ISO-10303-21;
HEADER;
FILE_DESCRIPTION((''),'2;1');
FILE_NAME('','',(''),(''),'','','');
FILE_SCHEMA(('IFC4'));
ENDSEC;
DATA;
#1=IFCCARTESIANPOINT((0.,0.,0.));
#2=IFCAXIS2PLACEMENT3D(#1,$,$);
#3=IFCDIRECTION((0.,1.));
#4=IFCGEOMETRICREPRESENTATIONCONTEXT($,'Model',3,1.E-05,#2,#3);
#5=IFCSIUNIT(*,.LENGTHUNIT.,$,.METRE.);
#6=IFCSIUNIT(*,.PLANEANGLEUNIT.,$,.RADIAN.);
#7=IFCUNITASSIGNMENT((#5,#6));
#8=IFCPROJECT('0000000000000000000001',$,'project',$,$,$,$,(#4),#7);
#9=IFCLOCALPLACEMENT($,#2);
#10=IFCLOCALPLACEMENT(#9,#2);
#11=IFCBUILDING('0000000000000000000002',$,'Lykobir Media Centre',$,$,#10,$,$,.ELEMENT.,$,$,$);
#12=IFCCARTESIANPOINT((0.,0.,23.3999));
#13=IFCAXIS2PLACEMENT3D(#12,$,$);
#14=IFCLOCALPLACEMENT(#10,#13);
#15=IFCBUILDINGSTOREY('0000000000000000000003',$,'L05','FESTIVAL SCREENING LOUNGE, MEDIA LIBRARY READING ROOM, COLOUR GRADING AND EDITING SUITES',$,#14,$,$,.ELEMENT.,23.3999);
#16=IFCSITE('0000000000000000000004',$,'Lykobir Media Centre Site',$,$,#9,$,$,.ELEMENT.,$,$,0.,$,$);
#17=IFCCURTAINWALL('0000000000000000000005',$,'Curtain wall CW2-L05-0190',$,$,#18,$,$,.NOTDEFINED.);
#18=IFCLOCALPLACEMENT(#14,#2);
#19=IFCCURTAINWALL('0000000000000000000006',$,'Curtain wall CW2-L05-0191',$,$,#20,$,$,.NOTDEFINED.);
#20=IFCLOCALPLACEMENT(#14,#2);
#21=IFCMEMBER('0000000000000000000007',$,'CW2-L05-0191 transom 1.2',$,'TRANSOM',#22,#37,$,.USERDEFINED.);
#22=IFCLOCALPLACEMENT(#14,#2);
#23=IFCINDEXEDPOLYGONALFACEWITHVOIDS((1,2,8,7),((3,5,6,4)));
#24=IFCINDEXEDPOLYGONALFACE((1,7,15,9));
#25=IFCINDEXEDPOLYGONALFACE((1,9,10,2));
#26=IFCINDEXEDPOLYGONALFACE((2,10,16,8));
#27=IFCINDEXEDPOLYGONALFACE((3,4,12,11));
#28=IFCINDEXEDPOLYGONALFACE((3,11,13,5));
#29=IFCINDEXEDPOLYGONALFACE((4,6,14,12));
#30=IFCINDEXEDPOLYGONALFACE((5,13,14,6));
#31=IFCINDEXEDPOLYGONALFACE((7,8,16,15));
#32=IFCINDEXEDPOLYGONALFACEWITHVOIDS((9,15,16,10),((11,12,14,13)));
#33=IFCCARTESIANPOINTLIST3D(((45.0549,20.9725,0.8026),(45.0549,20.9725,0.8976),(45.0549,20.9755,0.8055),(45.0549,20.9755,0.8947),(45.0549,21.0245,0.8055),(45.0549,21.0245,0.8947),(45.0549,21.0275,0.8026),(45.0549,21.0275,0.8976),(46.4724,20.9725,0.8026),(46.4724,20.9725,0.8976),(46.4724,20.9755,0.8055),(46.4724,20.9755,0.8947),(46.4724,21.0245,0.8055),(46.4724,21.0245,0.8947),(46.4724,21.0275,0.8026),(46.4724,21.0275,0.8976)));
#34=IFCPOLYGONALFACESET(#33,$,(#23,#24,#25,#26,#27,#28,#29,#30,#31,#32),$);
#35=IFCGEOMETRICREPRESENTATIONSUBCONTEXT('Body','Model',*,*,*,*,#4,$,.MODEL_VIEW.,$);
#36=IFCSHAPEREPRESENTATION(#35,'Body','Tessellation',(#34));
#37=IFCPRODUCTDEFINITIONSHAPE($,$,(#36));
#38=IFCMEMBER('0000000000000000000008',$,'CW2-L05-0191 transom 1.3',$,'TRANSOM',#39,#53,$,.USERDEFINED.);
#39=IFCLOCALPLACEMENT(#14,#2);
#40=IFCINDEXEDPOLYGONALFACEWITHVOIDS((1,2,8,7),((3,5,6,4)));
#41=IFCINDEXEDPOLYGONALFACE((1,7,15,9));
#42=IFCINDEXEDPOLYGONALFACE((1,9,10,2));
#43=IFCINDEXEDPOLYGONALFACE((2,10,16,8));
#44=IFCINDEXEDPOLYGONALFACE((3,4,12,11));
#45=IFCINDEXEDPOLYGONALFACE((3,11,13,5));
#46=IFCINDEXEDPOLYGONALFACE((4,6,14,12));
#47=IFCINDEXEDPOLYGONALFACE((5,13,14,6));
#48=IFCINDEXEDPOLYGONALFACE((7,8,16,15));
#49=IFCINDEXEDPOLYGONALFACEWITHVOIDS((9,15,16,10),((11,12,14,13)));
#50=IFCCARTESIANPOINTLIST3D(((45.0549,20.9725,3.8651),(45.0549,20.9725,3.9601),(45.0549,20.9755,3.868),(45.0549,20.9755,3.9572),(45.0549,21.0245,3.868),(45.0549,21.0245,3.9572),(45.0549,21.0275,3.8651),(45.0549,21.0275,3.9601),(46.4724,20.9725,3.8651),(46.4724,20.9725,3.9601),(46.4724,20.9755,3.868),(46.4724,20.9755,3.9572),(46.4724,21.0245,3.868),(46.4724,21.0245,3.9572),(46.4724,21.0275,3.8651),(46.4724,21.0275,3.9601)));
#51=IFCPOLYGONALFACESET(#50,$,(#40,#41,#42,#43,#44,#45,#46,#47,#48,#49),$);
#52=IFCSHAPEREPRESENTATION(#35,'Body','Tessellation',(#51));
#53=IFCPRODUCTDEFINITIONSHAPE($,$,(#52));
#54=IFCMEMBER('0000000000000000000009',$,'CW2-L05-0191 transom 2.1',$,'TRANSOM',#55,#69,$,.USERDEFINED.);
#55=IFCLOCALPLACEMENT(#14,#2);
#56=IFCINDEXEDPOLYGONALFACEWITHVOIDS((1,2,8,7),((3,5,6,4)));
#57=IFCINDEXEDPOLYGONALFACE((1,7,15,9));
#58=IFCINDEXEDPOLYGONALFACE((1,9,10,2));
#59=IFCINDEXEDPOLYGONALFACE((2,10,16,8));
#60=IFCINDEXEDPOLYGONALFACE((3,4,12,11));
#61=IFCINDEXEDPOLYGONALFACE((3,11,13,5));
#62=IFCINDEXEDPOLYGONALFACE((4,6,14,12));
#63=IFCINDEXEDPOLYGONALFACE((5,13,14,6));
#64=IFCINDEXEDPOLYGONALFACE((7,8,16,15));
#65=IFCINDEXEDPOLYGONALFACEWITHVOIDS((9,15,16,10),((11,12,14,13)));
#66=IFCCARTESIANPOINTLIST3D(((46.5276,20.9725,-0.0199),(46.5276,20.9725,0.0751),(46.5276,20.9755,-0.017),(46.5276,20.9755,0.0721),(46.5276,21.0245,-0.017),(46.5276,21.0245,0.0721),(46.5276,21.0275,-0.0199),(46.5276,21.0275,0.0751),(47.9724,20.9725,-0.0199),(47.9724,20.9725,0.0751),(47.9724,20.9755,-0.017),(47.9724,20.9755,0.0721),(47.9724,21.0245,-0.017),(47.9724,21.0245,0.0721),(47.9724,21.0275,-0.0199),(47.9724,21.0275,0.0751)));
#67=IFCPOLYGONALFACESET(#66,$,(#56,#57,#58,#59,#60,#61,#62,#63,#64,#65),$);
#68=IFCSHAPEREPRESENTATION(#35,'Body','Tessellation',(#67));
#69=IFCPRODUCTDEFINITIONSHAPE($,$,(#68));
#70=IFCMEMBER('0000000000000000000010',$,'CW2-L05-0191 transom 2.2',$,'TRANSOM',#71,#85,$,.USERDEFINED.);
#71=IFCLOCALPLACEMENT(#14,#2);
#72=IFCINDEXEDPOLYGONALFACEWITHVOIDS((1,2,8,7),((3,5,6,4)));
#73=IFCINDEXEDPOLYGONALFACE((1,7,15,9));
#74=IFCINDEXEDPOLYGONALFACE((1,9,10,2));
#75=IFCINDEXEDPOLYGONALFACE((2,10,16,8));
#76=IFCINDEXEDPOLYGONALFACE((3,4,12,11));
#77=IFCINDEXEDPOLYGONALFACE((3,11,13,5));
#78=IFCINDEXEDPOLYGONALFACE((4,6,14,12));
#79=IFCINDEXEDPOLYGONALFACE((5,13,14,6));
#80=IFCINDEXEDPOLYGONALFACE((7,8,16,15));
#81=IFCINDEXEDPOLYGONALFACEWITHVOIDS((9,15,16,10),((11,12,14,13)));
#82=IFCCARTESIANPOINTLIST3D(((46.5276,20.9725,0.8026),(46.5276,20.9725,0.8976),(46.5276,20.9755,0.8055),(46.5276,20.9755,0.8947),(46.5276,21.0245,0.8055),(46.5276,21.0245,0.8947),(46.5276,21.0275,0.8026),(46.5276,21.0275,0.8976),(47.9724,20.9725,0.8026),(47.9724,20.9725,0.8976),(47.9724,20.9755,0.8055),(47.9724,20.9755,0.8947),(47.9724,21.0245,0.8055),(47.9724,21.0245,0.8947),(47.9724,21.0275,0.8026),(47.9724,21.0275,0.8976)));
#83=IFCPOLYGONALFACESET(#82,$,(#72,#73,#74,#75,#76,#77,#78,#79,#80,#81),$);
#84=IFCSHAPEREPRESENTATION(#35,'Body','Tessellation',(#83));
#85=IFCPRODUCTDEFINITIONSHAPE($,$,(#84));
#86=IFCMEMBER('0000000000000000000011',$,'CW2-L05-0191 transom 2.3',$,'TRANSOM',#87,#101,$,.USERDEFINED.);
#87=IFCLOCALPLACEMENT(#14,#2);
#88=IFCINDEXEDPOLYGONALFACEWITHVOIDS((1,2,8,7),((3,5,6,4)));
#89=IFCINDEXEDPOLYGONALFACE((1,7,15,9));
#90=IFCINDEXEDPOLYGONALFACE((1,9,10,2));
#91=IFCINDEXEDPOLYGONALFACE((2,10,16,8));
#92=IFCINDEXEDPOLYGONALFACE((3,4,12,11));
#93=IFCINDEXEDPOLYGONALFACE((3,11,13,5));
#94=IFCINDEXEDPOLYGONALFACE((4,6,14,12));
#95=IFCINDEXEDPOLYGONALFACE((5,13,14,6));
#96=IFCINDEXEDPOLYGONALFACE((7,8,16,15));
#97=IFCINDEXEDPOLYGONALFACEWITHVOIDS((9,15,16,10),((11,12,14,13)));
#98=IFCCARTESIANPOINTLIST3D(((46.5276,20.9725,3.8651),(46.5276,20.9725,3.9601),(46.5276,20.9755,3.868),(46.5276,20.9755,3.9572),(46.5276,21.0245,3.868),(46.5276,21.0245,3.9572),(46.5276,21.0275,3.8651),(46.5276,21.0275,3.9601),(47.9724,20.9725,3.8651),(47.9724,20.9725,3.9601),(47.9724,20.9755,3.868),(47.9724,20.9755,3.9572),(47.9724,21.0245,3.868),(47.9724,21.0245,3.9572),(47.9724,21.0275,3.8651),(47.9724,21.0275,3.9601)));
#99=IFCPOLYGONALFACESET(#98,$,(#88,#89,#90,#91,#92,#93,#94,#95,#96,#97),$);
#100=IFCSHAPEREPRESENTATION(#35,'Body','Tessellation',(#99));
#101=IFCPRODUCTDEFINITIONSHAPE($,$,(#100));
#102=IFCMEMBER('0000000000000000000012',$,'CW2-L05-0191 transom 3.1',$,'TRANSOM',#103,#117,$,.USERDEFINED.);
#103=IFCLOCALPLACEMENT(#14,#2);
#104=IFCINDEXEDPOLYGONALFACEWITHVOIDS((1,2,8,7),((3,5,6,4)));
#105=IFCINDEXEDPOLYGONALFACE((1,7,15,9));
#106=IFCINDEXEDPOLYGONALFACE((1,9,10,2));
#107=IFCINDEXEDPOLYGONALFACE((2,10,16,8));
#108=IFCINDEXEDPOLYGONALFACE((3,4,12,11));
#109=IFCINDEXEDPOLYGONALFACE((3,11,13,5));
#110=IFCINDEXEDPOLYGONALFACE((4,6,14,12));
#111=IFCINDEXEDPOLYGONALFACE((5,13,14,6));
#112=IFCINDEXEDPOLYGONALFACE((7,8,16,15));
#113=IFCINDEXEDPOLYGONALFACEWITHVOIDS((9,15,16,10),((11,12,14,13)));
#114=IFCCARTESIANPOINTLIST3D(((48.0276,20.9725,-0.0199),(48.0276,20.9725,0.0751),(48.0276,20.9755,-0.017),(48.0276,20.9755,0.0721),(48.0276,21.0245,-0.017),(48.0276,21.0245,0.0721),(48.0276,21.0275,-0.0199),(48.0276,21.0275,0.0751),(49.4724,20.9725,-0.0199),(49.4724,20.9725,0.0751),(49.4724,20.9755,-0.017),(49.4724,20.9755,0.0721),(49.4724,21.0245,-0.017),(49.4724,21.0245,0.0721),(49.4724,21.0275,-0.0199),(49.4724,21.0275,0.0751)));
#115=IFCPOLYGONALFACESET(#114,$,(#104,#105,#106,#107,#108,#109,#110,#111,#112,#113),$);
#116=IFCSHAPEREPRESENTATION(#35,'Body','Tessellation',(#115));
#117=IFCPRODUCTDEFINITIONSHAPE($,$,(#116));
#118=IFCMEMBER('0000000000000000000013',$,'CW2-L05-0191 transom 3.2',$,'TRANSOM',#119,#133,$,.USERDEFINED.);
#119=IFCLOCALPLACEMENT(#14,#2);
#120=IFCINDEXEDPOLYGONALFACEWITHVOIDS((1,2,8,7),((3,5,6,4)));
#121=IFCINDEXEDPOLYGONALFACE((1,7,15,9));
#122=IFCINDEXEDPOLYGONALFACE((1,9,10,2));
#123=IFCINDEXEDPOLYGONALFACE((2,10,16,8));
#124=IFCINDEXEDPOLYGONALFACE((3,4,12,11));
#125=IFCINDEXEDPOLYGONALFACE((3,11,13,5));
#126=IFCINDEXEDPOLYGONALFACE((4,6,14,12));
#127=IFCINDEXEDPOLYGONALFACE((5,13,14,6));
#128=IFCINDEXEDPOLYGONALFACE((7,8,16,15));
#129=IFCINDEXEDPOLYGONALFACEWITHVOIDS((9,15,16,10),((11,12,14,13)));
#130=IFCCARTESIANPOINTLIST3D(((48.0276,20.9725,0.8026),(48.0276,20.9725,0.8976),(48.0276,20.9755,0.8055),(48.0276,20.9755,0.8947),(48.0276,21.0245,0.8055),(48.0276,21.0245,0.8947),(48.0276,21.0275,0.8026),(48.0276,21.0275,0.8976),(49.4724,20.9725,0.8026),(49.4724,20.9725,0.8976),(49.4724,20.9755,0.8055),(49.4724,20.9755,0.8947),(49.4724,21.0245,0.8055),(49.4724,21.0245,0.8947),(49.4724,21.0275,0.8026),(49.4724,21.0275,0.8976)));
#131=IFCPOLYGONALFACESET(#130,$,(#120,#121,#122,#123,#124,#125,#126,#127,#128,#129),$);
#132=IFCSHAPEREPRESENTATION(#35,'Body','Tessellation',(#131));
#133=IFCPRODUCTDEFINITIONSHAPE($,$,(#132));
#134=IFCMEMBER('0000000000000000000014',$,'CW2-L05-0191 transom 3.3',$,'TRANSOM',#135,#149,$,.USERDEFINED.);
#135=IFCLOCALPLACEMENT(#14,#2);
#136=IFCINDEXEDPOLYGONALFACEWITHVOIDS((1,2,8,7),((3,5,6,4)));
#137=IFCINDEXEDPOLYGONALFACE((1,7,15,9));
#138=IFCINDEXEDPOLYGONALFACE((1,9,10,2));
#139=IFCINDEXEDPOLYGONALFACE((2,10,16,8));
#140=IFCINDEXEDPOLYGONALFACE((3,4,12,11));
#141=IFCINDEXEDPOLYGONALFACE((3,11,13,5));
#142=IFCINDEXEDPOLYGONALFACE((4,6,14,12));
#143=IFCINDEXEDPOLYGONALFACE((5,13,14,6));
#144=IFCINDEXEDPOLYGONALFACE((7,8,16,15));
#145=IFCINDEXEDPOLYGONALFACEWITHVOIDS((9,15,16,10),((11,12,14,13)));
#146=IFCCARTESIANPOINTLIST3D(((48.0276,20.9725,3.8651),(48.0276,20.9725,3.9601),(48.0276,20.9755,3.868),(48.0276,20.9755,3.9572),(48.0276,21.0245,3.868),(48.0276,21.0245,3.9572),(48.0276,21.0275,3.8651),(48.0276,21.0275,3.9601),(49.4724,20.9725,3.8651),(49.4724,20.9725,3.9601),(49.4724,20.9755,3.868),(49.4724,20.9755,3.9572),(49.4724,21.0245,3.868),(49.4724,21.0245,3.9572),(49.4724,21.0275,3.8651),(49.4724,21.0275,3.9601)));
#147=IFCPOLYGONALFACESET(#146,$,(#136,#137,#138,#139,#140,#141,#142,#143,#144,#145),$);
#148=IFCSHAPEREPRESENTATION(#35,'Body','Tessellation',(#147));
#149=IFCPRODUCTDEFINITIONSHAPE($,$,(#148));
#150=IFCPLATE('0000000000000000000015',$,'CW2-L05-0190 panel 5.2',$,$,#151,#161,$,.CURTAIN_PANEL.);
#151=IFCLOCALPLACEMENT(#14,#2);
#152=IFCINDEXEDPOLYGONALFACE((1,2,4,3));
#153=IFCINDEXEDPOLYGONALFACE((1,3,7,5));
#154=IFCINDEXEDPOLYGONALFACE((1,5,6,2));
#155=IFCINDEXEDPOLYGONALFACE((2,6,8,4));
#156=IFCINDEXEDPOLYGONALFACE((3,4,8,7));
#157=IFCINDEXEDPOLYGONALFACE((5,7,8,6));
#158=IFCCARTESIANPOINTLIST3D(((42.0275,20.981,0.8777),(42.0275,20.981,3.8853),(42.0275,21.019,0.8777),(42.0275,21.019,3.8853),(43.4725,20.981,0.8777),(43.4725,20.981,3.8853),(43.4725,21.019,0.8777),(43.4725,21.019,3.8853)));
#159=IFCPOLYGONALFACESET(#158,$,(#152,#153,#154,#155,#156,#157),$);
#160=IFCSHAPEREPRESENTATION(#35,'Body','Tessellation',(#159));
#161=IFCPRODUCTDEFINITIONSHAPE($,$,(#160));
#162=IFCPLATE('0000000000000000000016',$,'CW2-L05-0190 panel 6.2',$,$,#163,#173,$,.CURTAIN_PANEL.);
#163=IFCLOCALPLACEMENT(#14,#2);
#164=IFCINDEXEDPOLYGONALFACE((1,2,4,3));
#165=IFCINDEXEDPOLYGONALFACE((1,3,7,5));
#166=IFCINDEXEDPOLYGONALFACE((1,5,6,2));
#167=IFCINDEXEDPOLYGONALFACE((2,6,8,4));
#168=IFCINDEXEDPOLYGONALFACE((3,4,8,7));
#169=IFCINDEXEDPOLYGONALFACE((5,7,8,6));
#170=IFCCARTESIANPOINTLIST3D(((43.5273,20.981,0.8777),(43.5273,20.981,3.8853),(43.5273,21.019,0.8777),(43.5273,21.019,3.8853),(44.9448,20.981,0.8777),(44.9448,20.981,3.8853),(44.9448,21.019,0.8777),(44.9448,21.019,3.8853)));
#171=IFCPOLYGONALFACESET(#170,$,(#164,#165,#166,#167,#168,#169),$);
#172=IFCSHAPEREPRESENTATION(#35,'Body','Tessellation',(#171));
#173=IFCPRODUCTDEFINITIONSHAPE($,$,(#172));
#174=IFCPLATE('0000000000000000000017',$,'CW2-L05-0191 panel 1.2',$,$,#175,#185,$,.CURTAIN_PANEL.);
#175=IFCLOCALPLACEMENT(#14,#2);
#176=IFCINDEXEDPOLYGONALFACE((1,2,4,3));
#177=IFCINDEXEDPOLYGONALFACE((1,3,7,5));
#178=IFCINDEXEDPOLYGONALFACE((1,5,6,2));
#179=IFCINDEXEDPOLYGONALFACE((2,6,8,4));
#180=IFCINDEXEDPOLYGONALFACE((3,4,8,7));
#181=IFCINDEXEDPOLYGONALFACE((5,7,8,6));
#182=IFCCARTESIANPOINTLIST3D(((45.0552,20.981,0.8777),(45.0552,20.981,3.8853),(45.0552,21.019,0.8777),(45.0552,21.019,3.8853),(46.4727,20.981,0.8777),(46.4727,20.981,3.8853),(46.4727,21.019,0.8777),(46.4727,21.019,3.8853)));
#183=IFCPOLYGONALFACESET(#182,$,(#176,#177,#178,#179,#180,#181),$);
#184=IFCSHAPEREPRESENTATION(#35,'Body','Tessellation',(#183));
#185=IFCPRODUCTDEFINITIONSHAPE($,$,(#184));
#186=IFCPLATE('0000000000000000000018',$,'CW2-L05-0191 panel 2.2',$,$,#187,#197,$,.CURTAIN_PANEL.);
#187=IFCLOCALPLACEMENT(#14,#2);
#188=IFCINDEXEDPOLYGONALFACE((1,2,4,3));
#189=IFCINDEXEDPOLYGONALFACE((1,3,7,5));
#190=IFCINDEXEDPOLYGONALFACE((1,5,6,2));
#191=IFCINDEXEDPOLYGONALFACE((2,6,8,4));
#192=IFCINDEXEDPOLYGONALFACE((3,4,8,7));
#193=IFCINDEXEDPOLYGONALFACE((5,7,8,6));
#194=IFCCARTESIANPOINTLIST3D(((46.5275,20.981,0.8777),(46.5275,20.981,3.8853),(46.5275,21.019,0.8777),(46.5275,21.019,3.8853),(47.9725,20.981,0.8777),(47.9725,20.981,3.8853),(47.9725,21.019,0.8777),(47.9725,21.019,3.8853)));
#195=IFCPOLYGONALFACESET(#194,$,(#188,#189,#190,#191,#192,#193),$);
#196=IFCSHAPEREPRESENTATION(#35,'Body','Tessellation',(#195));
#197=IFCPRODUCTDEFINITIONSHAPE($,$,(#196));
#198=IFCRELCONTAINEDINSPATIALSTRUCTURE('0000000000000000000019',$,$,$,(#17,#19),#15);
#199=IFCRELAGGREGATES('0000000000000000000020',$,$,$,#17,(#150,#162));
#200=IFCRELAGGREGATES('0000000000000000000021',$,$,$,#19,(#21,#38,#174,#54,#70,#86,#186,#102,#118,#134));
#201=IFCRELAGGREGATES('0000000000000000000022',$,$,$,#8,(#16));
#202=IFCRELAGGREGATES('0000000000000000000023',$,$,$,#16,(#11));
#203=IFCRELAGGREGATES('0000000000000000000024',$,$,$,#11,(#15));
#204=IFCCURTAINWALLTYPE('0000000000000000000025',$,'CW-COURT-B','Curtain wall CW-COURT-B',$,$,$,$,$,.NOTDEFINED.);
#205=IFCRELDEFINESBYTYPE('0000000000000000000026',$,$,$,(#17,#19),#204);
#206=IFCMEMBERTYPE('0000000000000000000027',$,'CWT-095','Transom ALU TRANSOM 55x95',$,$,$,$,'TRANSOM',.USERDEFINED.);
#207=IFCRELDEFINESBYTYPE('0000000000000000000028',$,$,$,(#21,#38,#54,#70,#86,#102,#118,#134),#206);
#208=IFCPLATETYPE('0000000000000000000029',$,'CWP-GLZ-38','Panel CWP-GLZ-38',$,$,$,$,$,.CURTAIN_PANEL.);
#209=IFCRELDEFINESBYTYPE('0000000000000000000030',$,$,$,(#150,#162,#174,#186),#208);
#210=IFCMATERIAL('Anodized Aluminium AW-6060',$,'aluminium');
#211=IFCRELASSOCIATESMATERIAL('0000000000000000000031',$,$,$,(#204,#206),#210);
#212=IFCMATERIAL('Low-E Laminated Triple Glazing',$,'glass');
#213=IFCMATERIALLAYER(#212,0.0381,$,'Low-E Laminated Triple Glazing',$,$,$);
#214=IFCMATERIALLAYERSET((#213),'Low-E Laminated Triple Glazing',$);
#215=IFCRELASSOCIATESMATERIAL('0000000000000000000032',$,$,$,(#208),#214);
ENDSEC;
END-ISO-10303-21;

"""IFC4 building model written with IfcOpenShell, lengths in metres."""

from ifc_helpers import new_model, si_unit, direction, frame, origin, origin_2d, place, context, subcontext, project, spatial, rectangle, hollow_rectangle, extrude, material, layer, layer_set, material_profile, profile_set, type_object, element, aggregate, save


model = new_model("IFC4")

# Units and contexts
model_context = context("Model", 3, precision=1e-05, world=origin(), true_north=direction((0.0, 1.0)))
body_context = subcontext(model_context, "Body", "Model", "MODEL_VIEW")
ifc_project = project(units=[si_unit("LENGTHUNIT", "METRE"), si_unit("PLANEANGLEUNIT", "RADIAN")], contexts=[model_context])

# Site, building, storey
site_placement = place(None, origin())
site = spatial("IfcSite", under=ifc_project, at=site_placement, Name="Lykobir Media Centre Site", CompositionType="ELEMENT", RefElevation=0.0)
building_placement = place(site_placement, origin())
building = spatial("IfcBuilding", under=site, at=building_placement, Name="Lykobir Media Centre", CompositionType="ELEMENT")
storey_placement = place(building_placement, frame((0.0, 0.0, 23.3999)))
storey = spatial("IfcBuildingStorey", under=building, at=storey_placement, Name="L05", Description="FESTIVAL SCREENING LOUNGE, MEDIA LIBRARY READING ROOM, COLOUR GRADING AND EDITING SUITES", CompositionType="ELEMENT", Elevation=23.3999)

# Curtain walls
ifc_material_1 = material(Name="Anodized Aluminium AW-6060", Category="aluminium")
curtain_wall_type = type_object("IfcCurtainWallType", Name="CW-COURT-B", Description="Curtain wall CW-COURT-B", PredefinedType="NOTDEFINED", material=ifc_material_1)
curtain_wall_1_placement = place(storey_placement, origin())
curtain_wall_1 = element("IfcCurtainWall", 1, at=curtain_wall_1_placement, inside=storey, type_object=curtain_wall_type, Name="Curtain wall CW2-L05-0190", PredefinedType="NOTDEFINED")
curtain_wall_2_placement = place(storey_placement, origin())
curtain_wall_2 = element("IfcCurtainWall", 2, at=curtain_wall_2_placement, inside=storey, type_object=curtain_wall_type, Name="Curtain wall CW2-L05-0191", PredefinedType="NOTDEFINED")

# Members
ifc_material_profile_1 = material_profile(ifc_material_1, hollow_rectangle(XDim=0.0549, YDim=0.095, WallThickness=0.0029, at=origin_2d()), Name="ALU TRANSOM 55x95")
ifc_profile_set_1 = profile_set([ifc_material_profile_1], Name="Anodized Aluminium AW-6060")
member_type_1 = type_object("IfcMemberType", Name="CWT-095", Description="Transom ALU TRANSOM 55x95", ElementType="TRANSOM", PredefinedType="USERDEFINED", material=ifc_profile_set_1)
member_1_placement = place(storey_placement, frame((45.0549, 21.0, 0.8501), z_axis=(1.0, 0.0, 0.0), x_axis=(0.0, 1.0, 0.0)))
member_1 = element("IfcMember", 3, at=member_1_placement, type_object=member_type_1, Name="CW2-L05-0191 transom 1.2", ObjectType="TRANSOM", PredefinedType="USERDEFINED", context=body_context, shape_type="SweptSolid", body=[
    extrude(hollow_rectangle(XDim=0.0549, YDim=0.095, WallThickness=0.0029, at=origin_2d()), origin(), (0.0, 0.0, 1.0), 1.4175),
])
member_2_placement = place(storey_placement, frame((45.0549, 21.0, 3.9126), z_axis=(1.0, 0.0, 0.0), x_axis=(0.0, 1.0, 0.0)))
member_2 = element("IfcMember", 4, at=member_2_placement, type_object=member_type_1, Name="CW2-L05-0191 transom 1.3", ObjectType="TRANSOM", PredefinedType="USERDEFINED", context=body_context, shape_type="SweptSolid", body=[
    extrude(hollow_rectangle(XDim=0.0549, YDim=0.095, WallThickness=0.0029, at=origin_2d()), origin(), (0.0, 0.0, 1.0), 1.4175),
])
member_3_placement = place(storey_placement, frame((46.5276, 21.0, 0.0276), z_axis=(1.0, 0.0, 0.0), x_axis=(0.0, 1.0, 0.0)))
member_3 = element("IfcMember", 5, at=member_3_placement, type_object=member_type_1, Name="CW2-L05-0191 transom 2.1", ObjectType="TRANSOM", PredefinedType="USERDEFINED", context=body_context, shape_type="SweptSolid", body=[
    extrude(hollow_rectangle(XDim=0.0549, YDim=0.095, WallThickness=0.0029, at=origin_2d()), origin(), (0.0, 0.0, 1.0), 1.4448),
])
member_4_placement = place(storey_placement, frame((46.5276, 21.0, 0.8501), z_axis=(1.0, 0.0, 0.0), x_axis=(0.0, 1.0, 0.0)))
member_4 = element("IfcMember", 6, at=member_4_placement, type_object=member_type_1, Name="CW2-L05-0191 transom 2.2", ObjectType="TRANSOM", PredefinedType="USERDEFINED", context=body_context, shape_type="SweptSolid", body=[
    extrude(hollow_rectangle(XDim=0.0549, YDim=0.095, WallThickness=0.0029, at=origin_2d()), origin(), (0.0, 0.0, 1.0), 1.4448),
])
member_5_placement = place(storey_placement, frame((46.5276, 21.0, 3.9126), z_axis=(1.0, 0.0, 0.0), x_axis=(0.0, 1.0, 0.0)))
member_5 = element("IfcMember", 7, at=member_5_placement, type_object=member_type_1, Name="CW2-L05-0191 transom 2.3", ObjectType="TRANSOM", PredefinedType="USERDEFINED", context=body_context, shape_type="SweptSolid", body=[
    extrude(hollow_rectangle(XDim=0.0549, YDim=0.095, WallThickness=0.0029, at=origin_2d()), origin(), (0.0, 0.0, 1.0), 1.4448),
])
member_6_placement = place(storey_placement, frame((48.0276, 21.0, 0.0276), z_axis=(1.0, 0.0, 0.0), x_axis=(0.0, 1.0, 0.0)))
member_6 = element("IfcMember", 8, at=member_6_placement, type_object=member_type_1, Name="CW2-L05-0191 transom 3.1", ObjectType="TRANSOM", PredefinedType="USERDEFINED", context=body_context, shape_type="SweptSolid", body=[
    extrude(hollow_rectangle(XDim=0.0549, YDim=0.095, WallThickness=0.0029, at=origin_2d()), origin(), (0.0, 0.0, 1.0), 1.4448),
])
member_7_placement = place(storey_placement, frame((48.0276, 21.0, 0.8501), z_axis=(1.0, 0.0, 0.0), x_axis=(0.0, 1.0, 0.0)))
member_7 = element("IfcMember", 9, at=member_7_placement, type_object=member_type_1, Name="CW2-L05-0191 transom 3.2", ObjectType="TRANSOM", PredefinedType="USERDEFINED", context=body_context, shape_type="SweptSolid", body=[
    extrude(hollow_rectangle(XDim=0.0549, YDim=0.095, WallThickness=0.0029, at=origin_2d()), origin(), (0.0, 0.0, 1.0), 1.4448),
])
member_8_placement = place(storey_placement, frame((48.0276, 21.0, 3.9126), z_axis=(1.0, 0.0, 0.0), x_axis=(0.0, 1.0, 0.0)))
member_8 = element("IfcMember", 10, at=member_8_placement, type_object=member_type_1, Name="CW2-L05-0191 transom 3.3", ObjectType="TRANSOM", PredefinedType="USERDEFINED", context=body_context, shape_type="SweptSolid", body=[
    extrude(hollow_rectangle(XDim=0.0549, YDim=0.095, WallThickness=0.0029, at=origin_2d()), origin(), (0.0, 0.0, 1.0), 1.4448),
])

# Plates
ifc_material_2 = material(Name="Low-E Laminated Triple Glazing", Category="glass")
ifc_layer_1 = layer(ifc_material_2, 0.0381, Name="Low-E Laminated Triple Glazing")
ifc_layer_set_1 = layer_set([ifc_layer_1], Name="Low-E Laminated Triple Glazing")
plate_type_1 = type_object("IfcPlateType", Name="CWP-GLZ-38", Description="Panel CWP-GLZ-38", PredefinedType="CURTAIN_PANEL", material=ifc_layer_set_1)
plate_1_placement = place(storey_placement, frame((42.75, 21.0, 0.8777), z_axis=(0.0, 0.0, 1.0), x_axis=(1.0, 0.0, 0.0)))
plate_1 = element("IfcPlate", 11, at=plate_1_placement, type_object=plate_type_1, Name="CW2-L05-0190 panel 5.2", PredefinedType="CURTAIN_PANEL", context=body_context, shape_type="SweptSolid", body=[
    extrude(rectangle(XDim=1.4451, YDim=0.0381, at=origin_2d()), origin(), (0.0, 0.0, 1.0), 3.0076),
])
plate_2_placement = place(storey_placement, frame((44.2361, 21.0, 0.8777), z_axis=(0.0, 0.0, 1.0), x_axis=(1.0, 0.0, 0.0)))
plate_2 = element("IfcPlate", 12, at=plate_2_placement, type_object=plate_type_1, Name="CW2-L05-0190 panel 6.2", PredefinedType="CURTAIN_PANEL", context=body_context, shape_type="SweptSolid", body=[
    extrude(rectangle(XDim=1.4175, YDim=0.0381, at=origin_2d()), origin(), (0.0, 0.0, 1.0), 3.0076),
])
plate_3_placement = place(storey_placement, frame((45.7639, 21.0, 0.8777), z_axis=(0.0, 0.0, 1.0), x_axis=(1.0, 0.0, 0.0)))
plate_3 = element("IfcPlate", 13, at=plate_3_placement, type_object=plate_type_1, Name="CW2-L05-0191 panel 1.2", PredefinedType="CURTAIN_PANEL", context=body_context, shape_type="SweptSolid", body=[
    extrude(rectangle(XDim=1.4175, YDim=0.0381, at=origin_2d()), origin(), (0.0, 0.0, 1.0), 3.0076),
])
plate_4_placement = place(storey_placement, frame((47.25, 21.0, 0.8777), z_axis=(0.0, 0.0, 1.0), x_axis=(1.0, 0.0, 0.0)))
plate_4 = element("IfcPlate", 14, at=plate_4_placement, type_object=plate_type_1, Name="CW2-L05-0191 panel 2.2", PredefinedType="CURTAIN_PANEL", context=body_context, shape_type="SweptSolid", body=[
    extrude(rectangle(XDim=1.4451, YDim=0.0381, at=origin_2d()), origin(), (0.0, 0.0, 1.0), 3.0076),
])
aggregate(curtain_wall_1, [plate_1, plate_2])
aggregate(curtain_wall_2, [member_1, member_2, plate_3, member_3, member_4, member_5, plate_4, member_6, member_7, member_8])

save(model, "model.ifc")
